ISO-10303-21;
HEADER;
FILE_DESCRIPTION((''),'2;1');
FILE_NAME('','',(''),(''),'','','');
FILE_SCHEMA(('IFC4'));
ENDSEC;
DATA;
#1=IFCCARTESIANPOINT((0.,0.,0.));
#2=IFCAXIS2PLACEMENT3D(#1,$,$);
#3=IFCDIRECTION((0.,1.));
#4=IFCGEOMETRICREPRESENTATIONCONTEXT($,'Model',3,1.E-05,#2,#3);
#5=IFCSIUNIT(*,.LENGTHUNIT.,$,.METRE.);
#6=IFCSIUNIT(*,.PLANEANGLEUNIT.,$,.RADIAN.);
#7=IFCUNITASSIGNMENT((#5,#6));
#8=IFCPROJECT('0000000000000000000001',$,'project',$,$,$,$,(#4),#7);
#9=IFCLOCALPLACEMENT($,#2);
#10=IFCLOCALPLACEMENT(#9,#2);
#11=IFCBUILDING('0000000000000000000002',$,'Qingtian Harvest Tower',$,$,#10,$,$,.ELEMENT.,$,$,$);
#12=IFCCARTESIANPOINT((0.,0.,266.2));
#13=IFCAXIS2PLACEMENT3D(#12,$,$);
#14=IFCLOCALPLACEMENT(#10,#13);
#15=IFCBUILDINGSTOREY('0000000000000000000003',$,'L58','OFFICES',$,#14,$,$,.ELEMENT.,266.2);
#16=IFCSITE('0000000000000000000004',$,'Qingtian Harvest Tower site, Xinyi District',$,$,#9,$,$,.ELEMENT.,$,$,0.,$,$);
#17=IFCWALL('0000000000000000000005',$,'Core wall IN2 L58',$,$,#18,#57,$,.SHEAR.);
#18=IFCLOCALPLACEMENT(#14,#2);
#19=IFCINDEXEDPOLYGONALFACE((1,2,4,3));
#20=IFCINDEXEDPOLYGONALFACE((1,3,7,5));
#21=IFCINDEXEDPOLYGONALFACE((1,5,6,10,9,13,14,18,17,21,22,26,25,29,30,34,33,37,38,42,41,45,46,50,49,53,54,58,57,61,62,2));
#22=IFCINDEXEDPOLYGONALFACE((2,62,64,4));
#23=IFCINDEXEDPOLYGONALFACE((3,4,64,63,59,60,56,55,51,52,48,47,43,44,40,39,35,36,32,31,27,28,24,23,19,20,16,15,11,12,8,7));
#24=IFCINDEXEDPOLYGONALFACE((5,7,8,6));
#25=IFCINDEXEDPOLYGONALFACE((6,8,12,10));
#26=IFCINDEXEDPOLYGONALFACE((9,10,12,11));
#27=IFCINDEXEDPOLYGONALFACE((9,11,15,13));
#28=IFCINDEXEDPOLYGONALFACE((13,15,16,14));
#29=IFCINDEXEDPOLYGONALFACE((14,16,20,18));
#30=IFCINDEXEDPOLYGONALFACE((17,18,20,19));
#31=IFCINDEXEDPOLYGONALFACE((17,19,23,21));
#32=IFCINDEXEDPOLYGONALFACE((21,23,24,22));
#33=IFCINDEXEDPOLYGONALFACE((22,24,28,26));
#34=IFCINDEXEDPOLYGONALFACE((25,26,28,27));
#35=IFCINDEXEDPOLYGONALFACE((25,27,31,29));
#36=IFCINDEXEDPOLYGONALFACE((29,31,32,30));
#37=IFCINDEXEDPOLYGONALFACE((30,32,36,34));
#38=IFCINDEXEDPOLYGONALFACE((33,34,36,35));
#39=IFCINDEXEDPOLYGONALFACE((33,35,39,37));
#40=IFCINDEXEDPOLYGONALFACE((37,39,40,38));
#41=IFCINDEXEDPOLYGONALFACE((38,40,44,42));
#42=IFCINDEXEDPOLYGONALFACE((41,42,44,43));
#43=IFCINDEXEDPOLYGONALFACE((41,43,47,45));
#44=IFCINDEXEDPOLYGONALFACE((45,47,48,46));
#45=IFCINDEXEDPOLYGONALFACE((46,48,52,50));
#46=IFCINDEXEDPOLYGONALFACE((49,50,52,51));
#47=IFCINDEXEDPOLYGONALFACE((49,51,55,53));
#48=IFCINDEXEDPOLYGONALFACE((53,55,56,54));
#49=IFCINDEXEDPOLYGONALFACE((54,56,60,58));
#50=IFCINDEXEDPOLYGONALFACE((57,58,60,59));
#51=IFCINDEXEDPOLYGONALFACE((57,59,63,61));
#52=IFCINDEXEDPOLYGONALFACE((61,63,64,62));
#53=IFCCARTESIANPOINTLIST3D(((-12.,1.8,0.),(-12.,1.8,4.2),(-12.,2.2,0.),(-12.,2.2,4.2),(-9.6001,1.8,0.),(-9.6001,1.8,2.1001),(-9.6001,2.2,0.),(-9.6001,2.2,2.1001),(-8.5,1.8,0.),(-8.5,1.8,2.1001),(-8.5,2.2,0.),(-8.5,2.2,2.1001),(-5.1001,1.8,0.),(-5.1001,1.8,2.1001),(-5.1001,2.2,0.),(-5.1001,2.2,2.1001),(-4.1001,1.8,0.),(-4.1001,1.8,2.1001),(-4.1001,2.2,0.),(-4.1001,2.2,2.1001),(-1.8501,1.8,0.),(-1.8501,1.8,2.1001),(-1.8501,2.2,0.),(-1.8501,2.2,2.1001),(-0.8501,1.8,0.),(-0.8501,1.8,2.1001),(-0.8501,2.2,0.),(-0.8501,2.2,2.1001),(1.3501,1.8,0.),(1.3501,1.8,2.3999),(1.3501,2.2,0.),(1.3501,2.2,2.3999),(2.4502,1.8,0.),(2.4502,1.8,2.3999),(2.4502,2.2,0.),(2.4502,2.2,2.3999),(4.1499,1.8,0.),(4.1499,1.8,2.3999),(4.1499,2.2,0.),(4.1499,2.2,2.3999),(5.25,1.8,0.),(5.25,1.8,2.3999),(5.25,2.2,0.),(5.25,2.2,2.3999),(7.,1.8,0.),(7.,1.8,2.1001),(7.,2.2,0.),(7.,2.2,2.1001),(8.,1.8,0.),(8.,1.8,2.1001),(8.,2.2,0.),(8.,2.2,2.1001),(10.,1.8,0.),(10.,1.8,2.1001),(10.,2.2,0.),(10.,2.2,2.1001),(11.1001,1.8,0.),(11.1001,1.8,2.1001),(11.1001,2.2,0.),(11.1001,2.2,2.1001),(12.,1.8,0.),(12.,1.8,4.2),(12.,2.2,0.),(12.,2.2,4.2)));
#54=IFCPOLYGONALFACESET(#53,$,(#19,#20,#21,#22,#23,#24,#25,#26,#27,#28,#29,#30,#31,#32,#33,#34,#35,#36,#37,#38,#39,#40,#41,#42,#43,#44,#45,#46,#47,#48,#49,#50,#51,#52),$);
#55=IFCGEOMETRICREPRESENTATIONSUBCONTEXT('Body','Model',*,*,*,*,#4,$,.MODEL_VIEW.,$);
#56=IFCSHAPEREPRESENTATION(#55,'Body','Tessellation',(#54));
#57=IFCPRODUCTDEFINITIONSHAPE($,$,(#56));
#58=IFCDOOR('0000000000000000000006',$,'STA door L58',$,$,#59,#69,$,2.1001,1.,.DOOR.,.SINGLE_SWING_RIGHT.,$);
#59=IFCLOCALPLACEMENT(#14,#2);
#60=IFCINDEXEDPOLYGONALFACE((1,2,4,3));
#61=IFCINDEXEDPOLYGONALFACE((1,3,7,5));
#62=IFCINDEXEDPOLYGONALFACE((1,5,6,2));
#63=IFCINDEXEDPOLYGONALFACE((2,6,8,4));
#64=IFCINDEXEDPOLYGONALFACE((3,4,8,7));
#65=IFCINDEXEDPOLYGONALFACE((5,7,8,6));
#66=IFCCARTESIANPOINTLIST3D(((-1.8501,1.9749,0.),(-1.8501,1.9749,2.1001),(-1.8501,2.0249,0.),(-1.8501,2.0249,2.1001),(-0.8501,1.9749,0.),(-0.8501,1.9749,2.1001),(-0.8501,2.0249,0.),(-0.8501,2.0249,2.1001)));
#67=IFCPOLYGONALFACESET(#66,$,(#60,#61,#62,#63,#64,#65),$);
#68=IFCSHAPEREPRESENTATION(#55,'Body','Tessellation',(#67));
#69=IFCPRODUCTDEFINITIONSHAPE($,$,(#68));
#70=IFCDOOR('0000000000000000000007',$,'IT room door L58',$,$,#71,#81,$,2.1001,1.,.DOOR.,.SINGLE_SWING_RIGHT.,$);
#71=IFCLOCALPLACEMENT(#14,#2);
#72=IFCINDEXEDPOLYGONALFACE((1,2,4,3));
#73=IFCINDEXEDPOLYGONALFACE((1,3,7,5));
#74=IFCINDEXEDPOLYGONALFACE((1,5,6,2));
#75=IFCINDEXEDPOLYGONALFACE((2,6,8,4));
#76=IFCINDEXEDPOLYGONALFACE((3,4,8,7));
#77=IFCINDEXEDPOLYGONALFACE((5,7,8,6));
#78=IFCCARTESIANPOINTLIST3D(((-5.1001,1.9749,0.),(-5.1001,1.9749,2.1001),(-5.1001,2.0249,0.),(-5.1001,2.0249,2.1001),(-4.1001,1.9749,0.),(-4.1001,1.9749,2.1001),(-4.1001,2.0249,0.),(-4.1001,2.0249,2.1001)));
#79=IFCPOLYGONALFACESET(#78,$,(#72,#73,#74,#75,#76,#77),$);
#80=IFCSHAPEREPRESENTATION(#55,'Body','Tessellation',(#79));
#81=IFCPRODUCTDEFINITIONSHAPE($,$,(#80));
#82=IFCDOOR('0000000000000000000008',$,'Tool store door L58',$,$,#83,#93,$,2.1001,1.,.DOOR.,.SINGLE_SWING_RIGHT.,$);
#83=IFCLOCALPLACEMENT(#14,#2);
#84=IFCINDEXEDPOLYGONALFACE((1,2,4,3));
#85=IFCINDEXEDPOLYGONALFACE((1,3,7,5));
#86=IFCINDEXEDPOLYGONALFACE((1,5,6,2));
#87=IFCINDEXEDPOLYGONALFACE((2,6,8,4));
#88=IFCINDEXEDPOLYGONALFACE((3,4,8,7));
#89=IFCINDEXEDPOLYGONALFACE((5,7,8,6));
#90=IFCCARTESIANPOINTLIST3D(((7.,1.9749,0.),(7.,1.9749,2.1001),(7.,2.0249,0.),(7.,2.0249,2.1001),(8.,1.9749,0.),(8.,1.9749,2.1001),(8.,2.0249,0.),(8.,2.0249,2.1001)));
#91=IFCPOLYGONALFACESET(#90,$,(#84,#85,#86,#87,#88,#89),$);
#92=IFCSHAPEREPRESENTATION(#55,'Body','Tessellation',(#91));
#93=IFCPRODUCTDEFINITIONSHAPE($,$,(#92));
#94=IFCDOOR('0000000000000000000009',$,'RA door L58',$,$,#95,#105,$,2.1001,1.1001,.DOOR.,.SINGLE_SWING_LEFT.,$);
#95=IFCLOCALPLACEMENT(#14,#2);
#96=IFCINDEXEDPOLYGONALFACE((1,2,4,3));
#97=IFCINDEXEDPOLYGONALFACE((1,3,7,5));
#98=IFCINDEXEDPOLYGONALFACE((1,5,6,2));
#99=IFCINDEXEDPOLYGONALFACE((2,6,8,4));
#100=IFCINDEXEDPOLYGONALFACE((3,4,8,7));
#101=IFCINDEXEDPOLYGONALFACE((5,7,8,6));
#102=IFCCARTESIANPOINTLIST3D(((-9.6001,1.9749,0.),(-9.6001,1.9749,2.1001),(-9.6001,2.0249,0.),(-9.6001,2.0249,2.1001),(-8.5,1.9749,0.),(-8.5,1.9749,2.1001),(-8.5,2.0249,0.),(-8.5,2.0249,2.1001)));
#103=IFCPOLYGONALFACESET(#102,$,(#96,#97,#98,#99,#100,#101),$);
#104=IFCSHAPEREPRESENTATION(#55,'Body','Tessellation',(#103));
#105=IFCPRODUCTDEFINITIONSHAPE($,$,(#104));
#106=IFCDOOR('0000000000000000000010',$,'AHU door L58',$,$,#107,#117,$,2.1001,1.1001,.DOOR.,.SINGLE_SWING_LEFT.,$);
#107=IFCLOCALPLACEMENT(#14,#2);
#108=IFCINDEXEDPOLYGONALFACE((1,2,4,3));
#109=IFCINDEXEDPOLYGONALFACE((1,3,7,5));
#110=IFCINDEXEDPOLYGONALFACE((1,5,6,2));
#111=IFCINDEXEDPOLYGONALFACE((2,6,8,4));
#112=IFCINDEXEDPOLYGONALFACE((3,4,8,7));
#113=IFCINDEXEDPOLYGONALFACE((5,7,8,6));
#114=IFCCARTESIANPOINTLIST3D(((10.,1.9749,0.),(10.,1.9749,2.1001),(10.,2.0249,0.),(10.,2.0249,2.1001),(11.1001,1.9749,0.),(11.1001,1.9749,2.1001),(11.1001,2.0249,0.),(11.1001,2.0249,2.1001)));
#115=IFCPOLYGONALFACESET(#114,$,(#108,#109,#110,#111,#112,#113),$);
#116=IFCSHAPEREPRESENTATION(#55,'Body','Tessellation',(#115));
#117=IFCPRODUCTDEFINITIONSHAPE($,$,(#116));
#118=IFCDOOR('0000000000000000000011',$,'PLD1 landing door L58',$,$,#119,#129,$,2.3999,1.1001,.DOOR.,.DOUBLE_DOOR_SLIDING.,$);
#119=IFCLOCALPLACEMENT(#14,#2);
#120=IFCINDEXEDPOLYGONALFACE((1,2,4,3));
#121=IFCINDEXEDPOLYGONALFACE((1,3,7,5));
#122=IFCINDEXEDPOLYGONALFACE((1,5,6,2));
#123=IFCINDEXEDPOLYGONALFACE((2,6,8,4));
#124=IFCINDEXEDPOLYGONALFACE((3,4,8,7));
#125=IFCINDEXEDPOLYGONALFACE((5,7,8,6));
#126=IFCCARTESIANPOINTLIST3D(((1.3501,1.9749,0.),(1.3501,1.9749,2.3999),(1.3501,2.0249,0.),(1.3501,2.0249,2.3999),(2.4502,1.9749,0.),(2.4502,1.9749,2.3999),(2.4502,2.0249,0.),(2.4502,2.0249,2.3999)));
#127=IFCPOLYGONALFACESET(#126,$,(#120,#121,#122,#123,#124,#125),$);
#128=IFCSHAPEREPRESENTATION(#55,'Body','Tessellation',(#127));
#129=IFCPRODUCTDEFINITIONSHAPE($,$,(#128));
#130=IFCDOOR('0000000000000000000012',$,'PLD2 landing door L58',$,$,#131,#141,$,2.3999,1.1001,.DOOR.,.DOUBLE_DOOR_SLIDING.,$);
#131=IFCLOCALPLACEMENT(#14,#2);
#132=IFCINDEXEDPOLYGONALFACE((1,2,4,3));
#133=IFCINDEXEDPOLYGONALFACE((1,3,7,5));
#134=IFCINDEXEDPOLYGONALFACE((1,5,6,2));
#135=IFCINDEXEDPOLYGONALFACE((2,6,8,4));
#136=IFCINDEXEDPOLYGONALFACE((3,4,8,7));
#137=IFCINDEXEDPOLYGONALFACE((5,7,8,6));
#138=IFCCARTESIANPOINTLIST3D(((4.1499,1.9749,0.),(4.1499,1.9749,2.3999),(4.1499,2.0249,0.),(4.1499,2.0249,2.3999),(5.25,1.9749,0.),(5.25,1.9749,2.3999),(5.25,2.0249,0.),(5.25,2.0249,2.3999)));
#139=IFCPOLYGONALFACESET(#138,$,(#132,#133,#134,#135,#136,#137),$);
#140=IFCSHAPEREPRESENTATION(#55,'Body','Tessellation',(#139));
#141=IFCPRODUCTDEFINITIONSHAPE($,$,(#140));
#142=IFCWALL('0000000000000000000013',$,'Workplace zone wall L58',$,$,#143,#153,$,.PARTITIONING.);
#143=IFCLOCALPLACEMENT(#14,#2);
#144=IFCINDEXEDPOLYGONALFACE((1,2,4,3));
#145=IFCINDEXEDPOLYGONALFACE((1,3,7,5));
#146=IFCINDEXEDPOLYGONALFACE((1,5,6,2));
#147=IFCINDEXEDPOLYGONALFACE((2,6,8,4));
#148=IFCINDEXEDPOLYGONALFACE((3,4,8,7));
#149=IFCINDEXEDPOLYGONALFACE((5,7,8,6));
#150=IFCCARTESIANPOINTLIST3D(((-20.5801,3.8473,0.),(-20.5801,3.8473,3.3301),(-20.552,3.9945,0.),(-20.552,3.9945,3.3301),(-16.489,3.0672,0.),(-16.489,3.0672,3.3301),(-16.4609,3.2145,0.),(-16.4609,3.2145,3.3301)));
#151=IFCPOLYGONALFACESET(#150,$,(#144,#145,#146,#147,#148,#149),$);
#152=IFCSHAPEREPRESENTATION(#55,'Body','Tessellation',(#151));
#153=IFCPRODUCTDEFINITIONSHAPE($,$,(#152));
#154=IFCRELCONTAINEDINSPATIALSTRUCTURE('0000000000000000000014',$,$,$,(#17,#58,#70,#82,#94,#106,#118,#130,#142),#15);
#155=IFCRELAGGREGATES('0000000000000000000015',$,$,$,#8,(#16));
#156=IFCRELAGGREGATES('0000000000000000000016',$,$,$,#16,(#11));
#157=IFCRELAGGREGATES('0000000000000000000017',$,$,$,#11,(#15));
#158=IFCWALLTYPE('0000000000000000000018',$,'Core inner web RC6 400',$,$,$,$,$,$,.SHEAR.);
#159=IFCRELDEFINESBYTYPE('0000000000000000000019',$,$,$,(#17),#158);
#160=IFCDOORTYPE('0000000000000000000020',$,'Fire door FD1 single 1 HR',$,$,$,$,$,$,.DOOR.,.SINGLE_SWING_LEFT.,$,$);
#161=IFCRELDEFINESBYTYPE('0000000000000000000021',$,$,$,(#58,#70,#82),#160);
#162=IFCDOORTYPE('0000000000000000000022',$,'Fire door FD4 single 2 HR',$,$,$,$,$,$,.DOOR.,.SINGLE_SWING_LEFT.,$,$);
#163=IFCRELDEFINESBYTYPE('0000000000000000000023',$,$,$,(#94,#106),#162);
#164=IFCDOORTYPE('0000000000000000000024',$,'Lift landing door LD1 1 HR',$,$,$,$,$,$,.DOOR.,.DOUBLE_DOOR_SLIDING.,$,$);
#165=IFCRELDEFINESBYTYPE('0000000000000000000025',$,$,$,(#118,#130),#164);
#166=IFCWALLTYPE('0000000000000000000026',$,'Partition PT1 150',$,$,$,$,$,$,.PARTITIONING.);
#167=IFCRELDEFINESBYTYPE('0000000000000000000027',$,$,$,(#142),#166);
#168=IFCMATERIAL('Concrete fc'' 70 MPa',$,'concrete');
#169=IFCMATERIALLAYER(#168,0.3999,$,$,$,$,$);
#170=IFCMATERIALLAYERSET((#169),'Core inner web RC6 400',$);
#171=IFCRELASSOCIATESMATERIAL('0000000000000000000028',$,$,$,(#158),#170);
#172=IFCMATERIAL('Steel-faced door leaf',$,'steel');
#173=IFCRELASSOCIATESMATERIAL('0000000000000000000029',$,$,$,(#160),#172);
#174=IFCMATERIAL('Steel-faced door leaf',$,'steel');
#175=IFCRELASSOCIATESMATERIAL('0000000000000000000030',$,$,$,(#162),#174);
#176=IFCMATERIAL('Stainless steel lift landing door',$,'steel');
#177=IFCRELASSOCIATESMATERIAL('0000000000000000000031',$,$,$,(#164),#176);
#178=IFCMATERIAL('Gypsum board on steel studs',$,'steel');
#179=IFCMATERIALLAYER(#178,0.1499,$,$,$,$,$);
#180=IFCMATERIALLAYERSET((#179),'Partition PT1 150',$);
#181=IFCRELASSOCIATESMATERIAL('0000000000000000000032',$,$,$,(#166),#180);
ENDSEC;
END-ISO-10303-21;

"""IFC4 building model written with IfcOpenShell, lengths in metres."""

from ifc_helpers import new_model, si_unit, direction, frame, frame_2d, origin, place, context, subcontext, project, spatial, rectangle, extrude, material, layer, layer_set, type_object, element, fill, save


model = new_model("IFC4")

# Units and contexts
model_context = context("Model", 3, precision=1e-05, world=origin(), true_north=direction((0.0, 1.0)))
body_context = subcontext(model_context, "Body", "Model", "MODEL_VIEW")
ifc_project = project(units=[si_unit("LENGTHUNIT", "METRE"), si_unit("PLANEANGLEUNIT", "RADIAN")], contexts=[model_context])

# Site, building, storey
site_placement = place(None, origin())
site = spatial("IfcSite", under=ifc_project, at=site_placement, Name="Qingtian Harvest Tower site, Xinyi District", CompositionType="ELEMENT", RefElevation=0.0)
building_placement = place(site_placement, origin())
building = spatial("IfcBuilding", under=site, at=building_placement, Name="Qingtian Harvest Tower", CompositionType="ELEMENT")
storey_placement = place(building_placement, frame((0.0, 0.0, 266.2)))
storey = spatial("IfcBuildingStorey", under=building, at=storey_placement, Name="L58", Description="OFFICES", CompositionType="ELEMENT", Elevation=266.2)

# Wall, openings, doors
ifc_material_1 = material(Name="Concrete fc' 70 MPa", Category="concrete")
ifc_layer_1 = layer(ifc_material_1, 0.3999)
ifc_layer_set_1 = layer_set([ifc_layer_1], Name="Core inner web RC6 400")
wall_type_1 = type_object("IfcWallType", Name="Core inner web RC6 400", PredefinedType="SHEAR", material=ifc_layer_set_1)
wall_1_placement = place(storey_placement, frame((-12.0, 2.0, 0.0), z_axis=(0.0, 0.0, 1.0), x_axis=(1.0, 0.0, 0.0)))
wall_1 = element("IfcWall", 1, at=wall_1_placement, inside=storey, type_object=wall_type_1, Name="Core wall IN2 L58", PredefinedType="SHEAR", context=body_context, shape_type="SweptSolid", body=[
    extrude(rectangle(XDim=24.0, YDim=0.3999, at=frame_2d((12.0, 0.0))), origin(), (0.0, 0.0, 1.0), 4.2),
])
opening_1_placement = place(wall_1_placement, frame((2.3999, 0.0, 0.0)))
opening_1 = element("IfcOpeningElement", 2, at=opening_1_placement, cuts=wall_1, PredefinedType="OPENING", context=body_context, shape_type="SweptSolid", body=[
    extrude(rectangle(XDim=1.1001, YDim=2.1001, at=frame_2d((0.55, 1.05))), frame((0.0, 0.21, 0.0), z_axis=(0.0, -1.0, 0.0), x_axis=(1.0, 0.0, 0.0)), (0.0, 0.0, 1.0), 0.4199),
])
opening_2_placement = place(wall_1_placement, frame((22.0, 0.0, 0.0)))
opening_2 = element("IfcOpeningElement", 3, at=opening_2_placement, cuts=wall_1, PredefinedType="OPENING", context=body_context, shape_type="SweptSolid", body=[
    extrude(rectangle(XDim=1.1001, YDim=2.1001, at=frame_2d((0.55, 1.05))), frame((0.0, 0.21, 0.0), z_axis=(0.0, -1.0, 0.0), x_axis=(1.0, 0.0, 0.0)), (0.0, 0.0, 1.0), 0.4199),
])
opening_3_placement = place(wall_1_placement, frame((10.1499, 0.0, 0.0)))
opening_3 = element("IfcOpeningElement", 4, at=opening_3_placement, cuts=wall_1, PredefinedType="OPENING", context=body_context, shape_type="SweptSolid", body=[
    extrude(rectangle(XDim=1.0, YDim=2.1001, at=frame_2d((0.5, 1.05))), frame((0.0, 0.21, 0.0), z_axis=(0.0, -1.0, 0.0), x_axis=(1.0, 0.0, 0.0)), (0.0, 0.0, 1.0), 0.4199),
])
opening_4_placement = place(wall_1_placement, frame((6.8999, 0.0, 0.0)))
opening_4 = element("IfcOpeningElement", 5, at=opening_4_placement, cuts=wall_1, PredefinedType="OPENING", context=body_context, shape_type="SweptSolid", body=[
    extrude(rectangle(XDim=1.0, YDim=2.1001, at=frame_2d((0.5, 1.05))), frame((0.0, 0.21, 0.0), z_axis=(0.0, -1.0, 0.0), x_axis=(1.0, 0.0, 0.0)), (0.0, 0.0, 1.0), 0.4199),
])
opening_5_placement = place(wall_1_placement, frame((13.3501, 0.0, 0.0)))
opening_5 = element("IfcOpeningElement", 6, at=opening_5_placement, cuts=wall_1, PredefinedType="OPENING", context=body_context, shape_type="SweptSolid", body=[
    extrude(rectangle(XDim=1.1001, YDim=2.3999, at=frame_2d((0.55, 1.2))), frame((0.0, 0.21, 0.0), z_axis=(0.0, -1.0, 0.0), x_axis=(1.0, 0.0, 0.0)), (0.0, 0.0, 1.0), 0.4199),
])
opening_6_placement = place(wall_1_placement, frame((16.1499, 0.0, 0.0)))
opening_6 = element("IfcOpeningElement", 7, at=opening_6_placement, cuts=wall_1, PredefinedType="OPENING", context=body_context, shape_type="SweptSolid", body=[
    extrude(rectangle(XDim=1.1001, YDim=2.3999, at=frame_2d((0.55, 1.2))), frame((0.0, 0.21, 0.0), z_axis=(0.0, -1.0, 0.0), x_axis=(1.0, 0.0, 0.0)), (0.0, 0.0, 1.0), 0.4199),
])
opening_7_placement = place(wall_1_placement, frame((19.0, 0.0, 0.0)))
opening_7 = element("IfcOpeningElement", 8, at=opening_7_placement, cuts=wall_1, PredefinedType="OPENING", context=body_context, shape_type="SweptSolid", body=[
    extrude(rectangle(XDim=1.0, YDim=2.1001, at=frame_2d((0.5, 1.05))), frame((0.0, 0.21, 0.0), z_axis=(0.0, -1.0, 0.0), x_axis=(1.0, 0.0, 0.0)), (0.0, 0.0, 1.0), 0.4199),
])
ifc_material_2 = material(Name="Steel-faced door leaf", Category="steel")
door_type_1 = type_object("IfcDoorType", Name="Fire door FD1 single 1 HR", OperationType="SINGLE_SWING_LEFT", PredefinedType="DOOR", material=ifc_material_2)
door_1_placement = place(opening_3_placement, origin())
door_1 = element("IfcDoor", 9, at=door_1_placement, inside=storey, type_object=door_type_1, Name="STA door L58", OperationType="SINGLE_SWING_RIGHT", OverallHeight=2.1001, OverallWidth=1.0, PredefinedType="DOOR", context=body_context, shape_type="SweptSolid", body=[
    extrude(rectangle(XDim=1.0, YDim=2.1001, at=frame_2d((0.5, 1.05))), frame((0.0, 0.0249, 0.0), z_axis=(0.0, -1.0, 0.0), x_axis=(1.0, 0.0, 0.0)), (0.0, 0.0, 1.0), 0.05),
])
fill(opening_3, door_1)
door_2_placement = place(opening_4_placement, origin())
door_2 = element("IfcDoor", 10, at=door_2_placement, inside=storey, type_object=door_type_1, Name="IT room door L58", OperationType="SINGLE_SWING_RIGHT", OverallHeight=2.1001, OverallWidth=1.0, PredefinedType="DOOR", context=body_context, shape_type="SweptSolid", body=[
    extrude(rectangle(XDim=1.0, YDim=2.1001, at=frame_2d((0.5, 1.05))), frame((0.0, 0.0249, 0.0), z_axis=(0.0, -1.0, 0.0), x_axis=(1.0, 0.0, 0.0)), (0.0, 0.0, 1.0), 0.05),
])
fill(opening_4, door_2)
door_3_placement = place(opening_7_placement, origin())
door_3 = element("IfcDoor", 11, at=door_3_placement, inside=storey, type_object=door_type_1, Name="Tool store door L58", OperationType="SINGLE_SWING_RIGHT", OverallHeight=2.1001, OverallWidth=1.0, PredefinedType="DOOR", context=body_context, shape_type="SweptSolid", body=[
    extrude(rectangle(XDim=1.0, YDim=2.1001, at=frame_2d((0.5, 1.05))), frame((0.0, 0.0249, 0.0), z_axis=(0.0, -1.0, 0.0), x_axis=(1.0, 0.0, 0.0)), (0.0, 0.0, 1.0), 0.05),
])
fill(opening_7, door_3)
ifc_material_3 = material(Name="Steel-faced door leaf", Category="steel")
door_type_2 = type_object("IfcDoorType", Name="Fire door FD4 single 2 HR", OperationType="SINGLE_SWING_LEFT", PredefinedType="DOOR", material=ifc_material_3)
door_4_placement = place(opening_1_placement, origin())
door_4 = element("IfcDoor", 12, at=door_4_placement, inside=storey, type_object=door_type_2, Name="RA door L58", OperationType="SINGLE_SWING_LEFT", OverallHeight=2.1001, OverallWidth=1.1001, PredefinedType="DOOR", context=body_context, shape_type="SweptSolid", body=[
    extrude(rectangle(XDim=1.1001, YDim=2.1001, at=frame_2d((0.55, 1.05))), frame((0.0, 0.0249, 0.0), z_axis=(0.0, -1.0, 0.0), x_axis=(1.0, 0.0, 0.0)), (0.0, 0.0, 1.0), 0.05),
])
fill(opening_1, door_4)
door_5_placement = place(opening_2_placement, origin())
door_5 = element("IfcDoor", 13, at=door_5_placement, inside=storey, type_object=door_type_2, Name="AHU door L58", OperationType="SINGLE_SWING_LEFT", OverallHeight=2.1001, OverallWidth=1.1001, PredefinedType="DOOR", context=body_context, shape_type="SweptSolid", body=[
    extrude(rectangle(XDim=1.1001, YDim=2.1001, at=frame_2d((0.55, 1.05))), frame((0.0, 0.0249, 0.0), z_axis=(0.0, -1.0, 0.0), x_axis=(1.0, 0.0, 0.0)), (0.0, 0.0, 1.0), 0.05),
])
fill(opening_2, door_5)
ifc_material_4 = material(Name="Stainless steel lift landing door", Category="steel")
door_type_3 = type_object("IfcDoorType", Name="Lift landing door LD1 1 HR", OperationType="DOUBLE_DOOR_SLIDING", PredefinedType="DOOR", material=ifc_material_4)
door_6_placement = place(opening_5_placement, origin())
door_6 = element("IfcDoor", 14, at=door_6_placement, inside=storey, type_object=door_type_3, Name="PLD1 landing door L58", OperationType="DOUBLE_DOOR_SLIDING", OverallHeight=2.3999, OverallWidth=1.1001, PredefinedType="DOOR", context=body_context, shape_type="SweptSolid", body=[
    extrude(rectangle(XDim=1.1001, YDim=2.3999, at=frame_2d((0.55, 1.2))), frame((0.0, 0.0249, 0.0), z_axis=(0.0, -1.0, 0.0), x_axis=(1.0, 0.0, 0.0)), (0.0, 0.0, 1.0), 0.05),
])
fill(opening_5, door_6)
door_7_placement = place(opening_6_placement, origin())
door_7 = element("IfcDoor", 15, at=door_7_placement, inside=storey, type_object=door_type_3, Name="PLD2 landing door L58", OperationType="DOUBLE_DOOR_SLIDING", OverallHeight=2.3999, OverallWidth=1.1001, PredefinedType="DOOR", context=body_context, shape_type="SweptSolid", body=[
    extrude(rectangle(XDim=1.1001, YDim=2.3999, at=frame_2d((0.55, 1.2))), frame((0.0, 0.0249, 0.0), z_axis=(0.0, -1.0, 0.0), x_axis=(1.0, 0.0, 0.0)), (0.0, 0.0, 1.0), 0.05),
])
fill(opening_6, door_7)

# Wall
ifc_material_5 = material(Name="Gypsum board on steel studs", Category="steel")
ifc_layer_2 = layer(ifc_material_5, 0.1499)
ifc_layer_set_2 = layer_set([ifc_layer_2], Name="Partition PT1 150")
wall_type_2 = type_object("IfcWallType", Name="Partition PT1 150", PredefinedType="PARTITIONING", material=ifc_layer_set_2)
wall_2_placement = place(storey_placement, frame((-20.5662, 3.9209, 0.0), z_axis=(0.0, 0.0, 1.0), x_axis=(0.982304, -0.187293, 0.0)))
element("IfcWall", 16, at=wall_2_placement, inside=storey, type_object=wall_type_2, Name="Workplace zone wall L58", PredefinedType="PARTITIONING", context=body_context, shape_type="SweptSolid", body=[
    extrude(rectangle(XDim=4.1648, YDim=0.1499, at=frame_2d((2.0825, 0.0))), origin(), (0.0, 0.0, 1.0), 3.3301),
])

save(model, "model.ifc")
